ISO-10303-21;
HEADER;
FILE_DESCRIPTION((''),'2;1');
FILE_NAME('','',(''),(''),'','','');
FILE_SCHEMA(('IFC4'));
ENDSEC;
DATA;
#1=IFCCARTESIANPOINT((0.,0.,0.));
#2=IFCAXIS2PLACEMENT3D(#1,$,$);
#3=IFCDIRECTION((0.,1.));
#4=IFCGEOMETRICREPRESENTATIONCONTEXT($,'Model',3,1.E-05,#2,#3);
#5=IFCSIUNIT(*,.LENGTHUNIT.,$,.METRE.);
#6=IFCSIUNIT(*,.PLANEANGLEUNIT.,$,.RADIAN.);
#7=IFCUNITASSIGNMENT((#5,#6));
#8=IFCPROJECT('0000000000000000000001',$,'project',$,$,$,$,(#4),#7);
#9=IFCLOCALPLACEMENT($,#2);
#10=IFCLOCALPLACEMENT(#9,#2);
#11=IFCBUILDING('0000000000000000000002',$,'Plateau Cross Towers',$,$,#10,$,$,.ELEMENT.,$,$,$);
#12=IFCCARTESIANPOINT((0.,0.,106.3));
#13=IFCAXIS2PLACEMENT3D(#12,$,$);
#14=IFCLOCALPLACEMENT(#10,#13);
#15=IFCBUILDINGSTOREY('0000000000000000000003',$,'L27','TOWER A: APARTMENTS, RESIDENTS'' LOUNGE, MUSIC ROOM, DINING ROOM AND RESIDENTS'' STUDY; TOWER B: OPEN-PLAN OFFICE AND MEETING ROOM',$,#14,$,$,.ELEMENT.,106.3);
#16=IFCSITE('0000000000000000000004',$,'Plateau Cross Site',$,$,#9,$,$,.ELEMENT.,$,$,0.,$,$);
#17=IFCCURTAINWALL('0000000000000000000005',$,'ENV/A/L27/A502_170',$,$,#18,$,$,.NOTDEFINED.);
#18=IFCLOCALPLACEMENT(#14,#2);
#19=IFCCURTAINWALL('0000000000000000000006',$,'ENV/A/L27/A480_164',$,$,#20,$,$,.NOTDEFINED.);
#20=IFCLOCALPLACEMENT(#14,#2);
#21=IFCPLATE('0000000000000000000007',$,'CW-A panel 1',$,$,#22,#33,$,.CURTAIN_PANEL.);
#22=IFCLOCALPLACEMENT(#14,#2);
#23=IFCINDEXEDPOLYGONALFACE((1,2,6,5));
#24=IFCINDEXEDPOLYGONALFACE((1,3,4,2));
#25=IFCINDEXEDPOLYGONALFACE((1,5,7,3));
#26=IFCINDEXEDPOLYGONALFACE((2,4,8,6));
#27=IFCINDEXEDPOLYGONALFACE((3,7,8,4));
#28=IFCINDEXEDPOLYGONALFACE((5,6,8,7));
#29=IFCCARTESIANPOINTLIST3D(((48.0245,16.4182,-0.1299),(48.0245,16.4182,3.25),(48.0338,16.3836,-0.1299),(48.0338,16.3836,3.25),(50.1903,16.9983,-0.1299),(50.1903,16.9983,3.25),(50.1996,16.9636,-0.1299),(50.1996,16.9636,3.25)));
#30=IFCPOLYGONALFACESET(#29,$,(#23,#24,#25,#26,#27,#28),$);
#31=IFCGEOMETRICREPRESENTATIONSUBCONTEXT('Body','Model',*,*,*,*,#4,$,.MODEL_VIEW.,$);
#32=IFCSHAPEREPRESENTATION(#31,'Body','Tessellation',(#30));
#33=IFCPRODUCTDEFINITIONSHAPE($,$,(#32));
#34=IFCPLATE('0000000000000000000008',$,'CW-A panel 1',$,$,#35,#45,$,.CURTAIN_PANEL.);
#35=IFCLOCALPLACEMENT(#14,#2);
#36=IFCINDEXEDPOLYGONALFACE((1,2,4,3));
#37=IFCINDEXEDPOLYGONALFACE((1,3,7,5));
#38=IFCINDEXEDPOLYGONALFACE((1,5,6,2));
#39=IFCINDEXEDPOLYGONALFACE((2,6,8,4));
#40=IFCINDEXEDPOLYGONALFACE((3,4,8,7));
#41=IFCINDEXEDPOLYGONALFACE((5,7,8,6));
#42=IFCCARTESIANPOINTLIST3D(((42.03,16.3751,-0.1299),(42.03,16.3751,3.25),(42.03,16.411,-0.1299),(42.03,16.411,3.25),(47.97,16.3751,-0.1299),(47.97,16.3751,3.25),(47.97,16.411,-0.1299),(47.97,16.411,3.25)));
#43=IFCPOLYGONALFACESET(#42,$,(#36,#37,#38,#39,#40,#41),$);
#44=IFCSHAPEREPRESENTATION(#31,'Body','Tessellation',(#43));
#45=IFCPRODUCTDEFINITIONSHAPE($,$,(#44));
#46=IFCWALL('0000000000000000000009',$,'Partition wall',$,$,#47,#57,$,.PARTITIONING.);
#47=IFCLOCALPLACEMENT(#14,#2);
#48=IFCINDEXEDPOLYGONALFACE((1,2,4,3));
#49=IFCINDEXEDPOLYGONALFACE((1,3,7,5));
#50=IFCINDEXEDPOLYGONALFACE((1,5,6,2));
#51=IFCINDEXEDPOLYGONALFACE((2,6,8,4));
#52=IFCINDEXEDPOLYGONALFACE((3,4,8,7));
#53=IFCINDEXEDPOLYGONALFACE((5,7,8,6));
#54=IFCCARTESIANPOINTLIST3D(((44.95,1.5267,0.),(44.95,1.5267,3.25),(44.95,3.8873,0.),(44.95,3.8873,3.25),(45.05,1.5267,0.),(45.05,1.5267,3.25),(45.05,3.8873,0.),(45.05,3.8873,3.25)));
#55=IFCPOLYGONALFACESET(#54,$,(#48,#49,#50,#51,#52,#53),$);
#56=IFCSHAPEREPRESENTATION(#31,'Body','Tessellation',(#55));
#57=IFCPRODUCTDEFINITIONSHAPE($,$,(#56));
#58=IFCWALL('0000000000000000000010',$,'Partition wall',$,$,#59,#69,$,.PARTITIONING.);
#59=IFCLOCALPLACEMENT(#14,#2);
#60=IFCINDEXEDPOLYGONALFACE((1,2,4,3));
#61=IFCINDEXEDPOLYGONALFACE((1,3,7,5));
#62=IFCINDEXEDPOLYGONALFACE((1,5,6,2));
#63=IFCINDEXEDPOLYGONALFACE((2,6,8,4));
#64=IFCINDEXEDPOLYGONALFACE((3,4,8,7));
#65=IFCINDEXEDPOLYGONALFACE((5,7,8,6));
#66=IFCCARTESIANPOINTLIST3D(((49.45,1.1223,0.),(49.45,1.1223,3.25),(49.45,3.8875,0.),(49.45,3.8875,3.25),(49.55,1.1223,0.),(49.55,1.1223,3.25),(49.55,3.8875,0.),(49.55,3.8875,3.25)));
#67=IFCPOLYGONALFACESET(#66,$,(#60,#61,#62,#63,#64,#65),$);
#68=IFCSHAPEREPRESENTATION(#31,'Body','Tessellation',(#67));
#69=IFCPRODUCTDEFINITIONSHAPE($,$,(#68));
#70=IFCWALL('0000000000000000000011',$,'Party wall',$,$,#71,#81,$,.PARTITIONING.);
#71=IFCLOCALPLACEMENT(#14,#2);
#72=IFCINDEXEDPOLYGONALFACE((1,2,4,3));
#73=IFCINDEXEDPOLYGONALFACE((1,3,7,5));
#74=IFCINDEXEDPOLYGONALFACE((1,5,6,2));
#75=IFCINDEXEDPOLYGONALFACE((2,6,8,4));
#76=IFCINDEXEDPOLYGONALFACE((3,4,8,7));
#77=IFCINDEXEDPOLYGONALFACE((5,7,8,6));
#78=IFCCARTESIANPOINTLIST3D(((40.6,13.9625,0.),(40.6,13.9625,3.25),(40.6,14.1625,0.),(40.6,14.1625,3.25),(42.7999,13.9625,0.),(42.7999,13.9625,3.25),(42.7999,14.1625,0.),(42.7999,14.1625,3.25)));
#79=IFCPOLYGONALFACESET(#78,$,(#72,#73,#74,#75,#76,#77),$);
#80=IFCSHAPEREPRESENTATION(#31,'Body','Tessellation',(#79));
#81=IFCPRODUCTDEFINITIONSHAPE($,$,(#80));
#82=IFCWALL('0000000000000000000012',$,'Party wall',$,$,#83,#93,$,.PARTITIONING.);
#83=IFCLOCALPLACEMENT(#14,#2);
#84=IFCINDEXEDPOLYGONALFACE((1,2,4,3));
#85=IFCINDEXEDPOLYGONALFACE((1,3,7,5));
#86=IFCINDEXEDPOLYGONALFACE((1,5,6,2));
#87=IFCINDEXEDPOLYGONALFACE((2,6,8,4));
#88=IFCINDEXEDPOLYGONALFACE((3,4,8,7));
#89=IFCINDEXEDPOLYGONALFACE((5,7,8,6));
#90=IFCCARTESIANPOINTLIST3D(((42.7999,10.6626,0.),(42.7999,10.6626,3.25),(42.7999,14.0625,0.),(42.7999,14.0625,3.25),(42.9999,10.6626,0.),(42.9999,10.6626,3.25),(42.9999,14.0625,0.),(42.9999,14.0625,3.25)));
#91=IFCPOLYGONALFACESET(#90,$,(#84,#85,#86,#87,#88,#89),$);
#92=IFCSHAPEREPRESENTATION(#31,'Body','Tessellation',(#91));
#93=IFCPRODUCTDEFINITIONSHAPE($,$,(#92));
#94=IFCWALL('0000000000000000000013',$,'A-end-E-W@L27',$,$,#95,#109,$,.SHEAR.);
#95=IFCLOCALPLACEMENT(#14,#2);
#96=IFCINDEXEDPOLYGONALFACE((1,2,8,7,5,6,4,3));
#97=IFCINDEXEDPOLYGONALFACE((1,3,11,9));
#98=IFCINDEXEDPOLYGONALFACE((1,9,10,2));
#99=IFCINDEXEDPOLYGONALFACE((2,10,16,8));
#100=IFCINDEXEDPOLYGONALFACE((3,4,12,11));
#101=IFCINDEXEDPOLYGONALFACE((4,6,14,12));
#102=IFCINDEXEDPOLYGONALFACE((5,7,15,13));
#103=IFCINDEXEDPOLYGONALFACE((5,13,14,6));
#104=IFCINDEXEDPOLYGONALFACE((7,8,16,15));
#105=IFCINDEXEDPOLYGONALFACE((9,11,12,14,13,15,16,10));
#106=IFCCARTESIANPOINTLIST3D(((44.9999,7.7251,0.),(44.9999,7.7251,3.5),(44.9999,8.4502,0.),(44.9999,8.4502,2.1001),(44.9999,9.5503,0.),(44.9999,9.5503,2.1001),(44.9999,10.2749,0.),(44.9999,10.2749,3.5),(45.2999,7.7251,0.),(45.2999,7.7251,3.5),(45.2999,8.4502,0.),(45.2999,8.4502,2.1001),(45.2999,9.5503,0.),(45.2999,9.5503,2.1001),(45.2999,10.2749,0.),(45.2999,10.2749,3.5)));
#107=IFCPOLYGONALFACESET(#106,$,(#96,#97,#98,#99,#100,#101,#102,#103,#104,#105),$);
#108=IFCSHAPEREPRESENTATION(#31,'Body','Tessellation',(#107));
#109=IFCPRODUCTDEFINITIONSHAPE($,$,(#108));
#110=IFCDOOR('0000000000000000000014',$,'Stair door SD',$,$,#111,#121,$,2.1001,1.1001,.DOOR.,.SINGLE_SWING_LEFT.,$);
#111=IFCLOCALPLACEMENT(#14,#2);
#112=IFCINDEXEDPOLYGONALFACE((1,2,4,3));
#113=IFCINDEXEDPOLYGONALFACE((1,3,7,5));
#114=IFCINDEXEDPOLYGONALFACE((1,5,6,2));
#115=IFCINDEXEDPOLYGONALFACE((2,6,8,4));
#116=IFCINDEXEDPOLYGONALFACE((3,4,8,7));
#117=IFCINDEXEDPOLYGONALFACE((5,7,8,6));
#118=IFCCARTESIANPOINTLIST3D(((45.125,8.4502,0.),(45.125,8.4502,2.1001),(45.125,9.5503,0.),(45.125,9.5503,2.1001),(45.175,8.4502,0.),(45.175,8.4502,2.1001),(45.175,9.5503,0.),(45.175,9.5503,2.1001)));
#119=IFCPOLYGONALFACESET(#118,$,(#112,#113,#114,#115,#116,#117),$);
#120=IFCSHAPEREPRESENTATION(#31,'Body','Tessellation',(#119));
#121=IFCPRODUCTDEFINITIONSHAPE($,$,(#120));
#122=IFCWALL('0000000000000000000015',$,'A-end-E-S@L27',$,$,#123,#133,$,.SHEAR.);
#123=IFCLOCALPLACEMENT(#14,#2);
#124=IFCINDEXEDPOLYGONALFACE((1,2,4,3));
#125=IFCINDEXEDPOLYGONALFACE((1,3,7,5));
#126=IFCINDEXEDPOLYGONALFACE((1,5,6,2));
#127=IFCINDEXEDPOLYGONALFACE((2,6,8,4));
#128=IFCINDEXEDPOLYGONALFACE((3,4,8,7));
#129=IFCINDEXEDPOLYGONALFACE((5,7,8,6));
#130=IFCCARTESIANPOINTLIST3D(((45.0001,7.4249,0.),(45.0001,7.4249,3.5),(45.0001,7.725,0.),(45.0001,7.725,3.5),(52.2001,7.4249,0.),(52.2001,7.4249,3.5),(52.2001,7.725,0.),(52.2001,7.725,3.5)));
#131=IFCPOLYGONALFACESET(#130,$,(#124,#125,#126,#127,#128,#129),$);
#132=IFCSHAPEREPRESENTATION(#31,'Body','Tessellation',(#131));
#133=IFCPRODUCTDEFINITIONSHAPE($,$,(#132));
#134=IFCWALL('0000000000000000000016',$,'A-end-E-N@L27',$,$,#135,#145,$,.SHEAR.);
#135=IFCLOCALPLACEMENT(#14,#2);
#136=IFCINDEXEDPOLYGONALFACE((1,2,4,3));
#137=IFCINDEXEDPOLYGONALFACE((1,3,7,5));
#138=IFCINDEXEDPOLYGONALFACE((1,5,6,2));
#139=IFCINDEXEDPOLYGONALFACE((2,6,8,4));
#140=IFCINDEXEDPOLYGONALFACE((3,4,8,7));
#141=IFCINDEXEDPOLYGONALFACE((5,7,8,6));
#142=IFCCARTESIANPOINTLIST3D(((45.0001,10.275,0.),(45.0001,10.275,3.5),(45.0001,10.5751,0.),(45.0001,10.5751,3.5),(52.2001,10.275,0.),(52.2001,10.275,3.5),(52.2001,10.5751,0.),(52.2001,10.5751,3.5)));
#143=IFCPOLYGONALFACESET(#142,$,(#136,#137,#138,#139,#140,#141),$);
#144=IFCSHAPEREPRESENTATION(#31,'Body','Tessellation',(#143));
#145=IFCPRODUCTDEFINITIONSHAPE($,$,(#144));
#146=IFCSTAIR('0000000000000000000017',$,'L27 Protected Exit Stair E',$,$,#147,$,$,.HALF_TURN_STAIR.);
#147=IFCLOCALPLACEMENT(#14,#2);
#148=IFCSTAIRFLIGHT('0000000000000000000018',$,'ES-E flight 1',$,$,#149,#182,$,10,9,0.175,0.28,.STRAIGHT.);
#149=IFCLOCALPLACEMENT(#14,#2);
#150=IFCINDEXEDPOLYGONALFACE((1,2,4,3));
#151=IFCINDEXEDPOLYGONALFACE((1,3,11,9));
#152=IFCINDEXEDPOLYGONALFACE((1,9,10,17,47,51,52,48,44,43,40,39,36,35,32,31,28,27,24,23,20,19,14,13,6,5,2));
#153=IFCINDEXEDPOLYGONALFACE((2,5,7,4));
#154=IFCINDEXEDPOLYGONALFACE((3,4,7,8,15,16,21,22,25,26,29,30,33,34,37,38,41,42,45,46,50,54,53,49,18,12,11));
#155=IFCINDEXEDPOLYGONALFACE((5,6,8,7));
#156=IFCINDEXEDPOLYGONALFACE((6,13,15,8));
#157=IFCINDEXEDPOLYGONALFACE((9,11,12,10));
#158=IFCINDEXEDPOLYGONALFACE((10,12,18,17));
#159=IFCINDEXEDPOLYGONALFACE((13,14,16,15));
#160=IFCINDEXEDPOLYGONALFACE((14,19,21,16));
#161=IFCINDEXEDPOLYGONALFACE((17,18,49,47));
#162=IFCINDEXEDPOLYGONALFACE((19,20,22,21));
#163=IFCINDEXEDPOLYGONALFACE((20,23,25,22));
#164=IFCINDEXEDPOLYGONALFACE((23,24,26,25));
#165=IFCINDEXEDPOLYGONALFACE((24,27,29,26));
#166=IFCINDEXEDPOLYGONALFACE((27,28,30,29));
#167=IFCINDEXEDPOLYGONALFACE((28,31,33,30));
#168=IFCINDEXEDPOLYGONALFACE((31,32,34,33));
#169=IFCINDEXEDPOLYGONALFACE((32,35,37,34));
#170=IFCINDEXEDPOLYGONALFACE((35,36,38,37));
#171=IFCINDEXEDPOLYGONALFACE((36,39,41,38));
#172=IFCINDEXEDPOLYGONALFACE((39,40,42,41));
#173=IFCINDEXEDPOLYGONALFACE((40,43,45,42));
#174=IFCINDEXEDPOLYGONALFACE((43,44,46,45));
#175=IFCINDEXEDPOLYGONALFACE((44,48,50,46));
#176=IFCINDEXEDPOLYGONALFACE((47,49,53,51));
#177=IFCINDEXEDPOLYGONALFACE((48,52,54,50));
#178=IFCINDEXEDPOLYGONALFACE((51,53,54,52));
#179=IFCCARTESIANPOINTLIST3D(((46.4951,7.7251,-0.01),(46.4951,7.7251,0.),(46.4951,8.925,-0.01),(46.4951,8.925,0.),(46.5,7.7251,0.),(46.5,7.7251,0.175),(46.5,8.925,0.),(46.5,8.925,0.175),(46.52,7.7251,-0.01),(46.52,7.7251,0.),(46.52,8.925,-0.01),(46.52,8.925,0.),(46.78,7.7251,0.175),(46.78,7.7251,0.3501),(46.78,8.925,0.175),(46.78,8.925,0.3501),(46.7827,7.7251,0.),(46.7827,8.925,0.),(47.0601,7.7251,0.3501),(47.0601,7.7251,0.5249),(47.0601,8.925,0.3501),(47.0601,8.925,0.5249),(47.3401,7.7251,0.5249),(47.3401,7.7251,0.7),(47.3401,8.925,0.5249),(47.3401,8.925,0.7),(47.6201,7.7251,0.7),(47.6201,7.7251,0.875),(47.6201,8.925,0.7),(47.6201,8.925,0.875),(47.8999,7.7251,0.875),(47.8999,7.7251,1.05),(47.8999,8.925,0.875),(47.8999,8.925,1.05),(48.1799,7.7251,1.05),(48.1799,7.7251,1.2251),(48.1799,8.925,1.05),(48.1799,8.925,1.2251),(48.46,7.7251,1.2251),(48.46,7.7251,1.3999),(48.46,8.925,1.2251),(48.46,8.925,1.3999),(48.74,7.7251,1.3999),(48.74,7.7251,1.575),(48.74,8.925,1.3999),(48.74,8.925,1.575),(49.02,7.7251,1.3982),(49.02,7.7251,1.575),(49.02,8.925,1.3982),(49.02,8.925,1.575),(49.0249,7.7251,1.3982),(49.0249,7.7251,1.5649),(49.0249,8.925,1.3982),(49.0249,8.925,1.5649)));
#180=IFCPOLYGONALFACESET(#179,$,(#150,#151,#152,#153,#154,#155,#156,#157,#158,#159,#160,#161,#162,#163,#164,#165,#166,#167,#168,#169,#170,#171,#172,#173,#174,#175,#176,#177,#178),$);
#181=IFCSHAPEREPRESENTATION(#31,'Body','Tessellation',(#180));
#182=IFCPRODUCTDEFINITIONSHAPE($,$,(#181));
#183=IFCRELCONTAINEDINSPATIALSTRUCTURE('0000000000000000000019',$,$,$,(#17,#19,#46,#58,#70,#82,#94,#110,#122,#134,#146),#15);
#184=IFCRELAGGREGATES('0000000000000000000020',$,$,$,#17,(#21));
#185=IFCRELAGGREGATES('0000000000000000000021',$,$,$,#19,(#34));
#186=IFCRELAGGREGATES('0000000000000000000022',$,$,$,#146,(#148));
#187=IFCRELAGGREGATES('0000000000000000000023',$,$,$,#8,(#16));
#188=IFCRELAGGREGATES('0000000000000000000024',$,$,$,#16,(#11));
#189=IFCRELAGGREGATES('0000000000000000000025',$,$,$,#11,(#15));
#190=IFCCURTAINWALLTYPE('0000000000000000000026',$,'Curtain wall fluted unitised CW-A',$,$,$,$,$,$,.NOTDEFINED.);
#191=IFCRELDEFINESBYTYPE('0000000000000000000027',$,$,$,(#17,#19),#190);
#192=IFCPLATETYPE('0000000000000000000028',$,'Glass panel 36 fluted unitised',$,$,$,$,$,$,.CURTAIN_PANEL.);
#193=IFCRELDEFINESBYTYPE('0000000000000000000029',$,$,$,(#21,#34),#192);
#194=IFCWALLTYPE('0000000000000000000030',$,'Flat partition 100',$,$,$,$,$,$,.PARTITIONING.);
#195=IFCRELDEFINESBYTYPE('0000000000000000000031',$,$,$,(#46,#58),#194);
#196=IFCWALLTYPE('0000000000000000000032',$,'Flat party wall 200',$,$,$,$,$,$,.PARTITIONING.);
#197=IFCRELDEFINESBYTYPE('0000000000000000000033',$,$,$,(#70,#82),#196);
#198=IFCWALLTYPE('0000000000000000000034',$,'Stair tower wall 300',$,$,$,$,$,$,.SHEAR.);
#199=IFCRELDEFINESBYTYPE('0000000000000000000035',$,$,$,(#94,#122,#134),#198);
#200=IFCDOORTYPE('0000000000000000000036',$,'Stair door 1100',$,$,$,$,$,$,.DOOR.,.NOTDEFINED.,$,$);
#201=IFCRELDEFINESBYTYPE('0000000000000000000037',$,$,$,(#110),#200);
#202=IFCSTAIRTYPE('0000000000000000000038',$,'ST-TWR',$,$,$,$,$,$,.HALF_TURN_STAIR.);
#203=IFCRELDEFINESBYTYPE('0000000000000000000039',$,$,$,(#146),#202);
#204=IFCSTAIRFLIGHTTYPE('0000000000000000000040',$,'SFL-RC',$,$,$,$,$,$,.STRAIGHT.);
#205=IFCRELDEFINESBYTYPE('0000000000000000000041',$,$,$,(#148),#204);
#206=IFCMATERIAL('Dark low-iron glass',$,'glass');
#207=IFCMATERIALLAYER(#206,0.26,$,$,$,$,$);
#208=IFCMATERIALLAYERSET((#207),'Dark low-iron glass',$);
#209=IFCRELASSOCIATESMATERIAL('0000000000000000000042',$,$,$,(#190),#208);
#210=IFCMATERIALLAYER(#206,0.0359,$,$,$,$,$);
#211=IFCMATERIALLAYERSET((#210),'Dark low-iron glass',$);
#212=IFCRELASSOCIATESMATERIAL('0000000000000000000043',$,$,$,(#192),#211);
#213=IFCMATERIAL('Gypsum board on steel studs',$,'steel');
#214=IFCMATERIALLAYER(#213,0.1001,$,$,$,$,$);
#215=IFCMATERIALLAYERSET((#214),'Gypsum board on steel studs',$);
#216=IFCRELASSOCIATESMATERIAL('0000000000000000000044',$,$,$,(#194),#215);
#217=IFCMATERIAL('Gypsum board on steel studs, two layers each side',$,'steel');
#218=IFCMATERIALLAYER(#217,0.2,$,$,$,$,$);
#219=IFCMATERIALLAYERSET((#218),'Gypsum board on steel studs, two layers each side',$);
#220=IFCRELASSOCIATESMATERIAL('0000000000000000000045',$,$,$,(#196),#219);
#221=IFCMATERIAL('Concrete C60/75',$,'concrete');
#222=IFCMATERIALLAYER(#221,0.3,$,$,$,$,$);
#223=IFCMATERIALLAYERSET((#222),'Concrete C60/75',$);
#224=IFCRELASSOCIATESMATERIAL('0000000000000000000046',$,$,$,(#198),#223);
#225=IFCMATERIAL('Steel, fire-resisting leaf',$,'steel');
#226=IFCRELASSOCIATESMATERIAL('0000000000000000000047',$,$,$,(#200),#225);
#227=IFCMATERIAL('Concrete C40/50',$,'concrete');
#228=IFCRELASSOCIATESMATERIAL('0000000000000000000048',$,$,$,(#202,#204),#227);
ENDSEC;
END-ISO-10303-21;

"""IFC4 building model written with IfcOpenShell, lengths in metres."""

from ifc_helpers import new_model, si_unit, direction, frame, frame_2d, origin, origin_2d, place, context, subcontext, project, spatial, polyline, rectangle, outline, extrude, material, layer, layer_set, type_object, element, fill, aggregate, save


model = new_model("IFC4")

# Units and contexts
model_context = context("Model", 3, precision=1e-05, world=origin(), true_north=direction((0.0, 1.0)))
body_context = subcontext(model_context, "Body", "Model", "MODEL_VIEW")
ifc_project = project(units=[si_unit("LENGTHUNIT", "METRE"), si_unit("PLANEANGLEUNIT", "RADIAN")], contexts=[model_context])

# Site, building, storey
site_placement = place(None, origin())
site = spatial("IfcSite", under=ifc_project, at=site_placement, Name="Plateau Cross Site", CompositionType="ELEMENT", RefElevation=0.0)
building_placement = place(site_placement, origin())
building = spatial("IfcBuilding", under=site, at=building_placement, Name="Plateau Cross Towers", CompositionType="ELEMENT")
storey_placement = place(building_placement, frame((0.0, 0.0, 106.3)))
storey = spatial("IfcBuildingStorey", under=building, at=storey_placement, Name="L27", Description="TOWER A: APARTMENTS, RESIDENTS' LOUNGE, MUSIC ROOM, DINING ROOM AND RESIDENTS' STUDY; TOWER B: OPEN-PLAN OFFICE AND MEETING ROOM", CompositionType="ELEMENT", Elevation=106.3)

# Curtain walls
ifc_material_1 = material(Name="Dark low-iron glass", Category="glass")
ifc_layer_1 = layer(ifc_material_1, 0.26)
ifc_layer_set_1 = layer_set([ifc_layer_1], Name="Dark low-iron glass")
curtain_wall_type_1 = type_object("IfcCurtainWallType", Name="Curtain wall fluted unitised CW-A", PredefinedType="NOTDEFINED", material=ifc_layer_set_1)
curtain_wall_1_placement = place(storey_placement, origin())
curtain_wall_1 = element("IfcCurtainWall", 1, at=curtain_wall_1_placement, inside=storey, type_object=curtain_wall_type_1, Name="ENV/A/L27/A502_170", PredefinedType="NOTDEFINED")
curtain_wall_2_placement = place(storey_placement, origin())
curtain_wall_2 = element("IfcCurtainWall", 2, at=curtain_wall_2_placement, inside=storey, type_object=curtain_wall_type_1, Name="ENV/A/L27/A480_164", PredefinedType="NOTDEFINED")

# Plates
ifc_layer_2 = layer(ifc_material_1, 0.0359)
ifc_layer_set_2 = layer_set([ifc_layer_2], Name="Dark low-iron glass")
plate_type = type_object("IfcPlateType", Name="Glass panel 36 fluted unitised", PredefinedType="CURTAIN_PANEL", material=ifc_layer_set_2)
plate_1_placement = place(storey_placement, frame((49.1121, 16.6909, -0.1299), z_axis=(0.0, 0.0, 1.0), x_axis=(-0.965958, -0.258699, 0.0)))
plate_1 = element("IfcPlate", 3, at=plate_1_placement, type_object=plate_type, Name="CW-A panel 1", PredefinedType="CURTAIN_PANEL", context=body_context, shape_type="SweptSolid", body=[
    extrude(rectangle(XDim=2.2422, YDim=0.0359, at=origin_2d()), origin(), (0.0, 0.0, 1.0), 3.3799),
])
aggregate(curtain_wall_1, [plate_1])
plate_2_placement = place(storey_placement, frame((45.0, 16.3931, -0.1299), z_axis=(0.0, 0.0, 1.0), x_axis=(-1.0, 0.0, 0.0)))
plate_2 = element("IfcPlate", 4, at=plate_2_placement, type_object=plate_type, Name="CW-A panel 1", PredefinedType="CURTAIN_PANEL", context=body_context, shape_type="SweptSolid", body=[
    extrude(rectangle(XDim=5.9399, YDim=0.0359, at=origin_2d()), origin(), (0.0, 0.0, 1.0), 3.3799),
])
aggregate(curtain_wall_2, [plate_2])

# Walls
ifc_material_2 = material(Name="Gypsum board on steel studs", Category="steel")
ifc_layer_3 = layer(ifc_material_2, 0.1001)
ifc_layer_set_3 = layer_set([ifc_layer_3], Name="Gypsum board on steel studs")
wall_type_1 = type_object("IfcWallType", Name="Flat partition 100", PredefinedType="PARTITIONING", material=ifc_layer_set_3)
wall_1_placement = place(storey_placement, frame((45.0, 1.5269, 0.0), z_axis=(0.0, 0.0, 1.0), x_axis=(0.0, 1.0, 0.0)))
element("IfcWall", 5, at=wall_1_placement, inside=storey, type_object=wall_type_1, Name="Partition wall", PredefinedType="PARTITIONING", context=body_context, shape_type="SweptSolid", body=[
    extrude(rectangle(XDim=2.3606, YDim=0.1001, at=frame_2d((1.1802, 0.0))), origin(), (0.0, 0.0, 1.0), 3.25),
])
wall_2_placement = place(storey_placement, frame((49.5, 1.1223, 0.0), z_axis=(0.0, 0.0, 1.0), x_axis=(0.0, 1.0, 0.0)))
element("IfcWall", 6, at=wall_2_placement, inside=storey, type_object=wall_type_1, Name="Partition wall", PredefinedType="PARTITIONING", context=body_context, shape_type="SweptSolid", body=[
    extrude(rectangle(XDim=2.7651, YDim=0.1001, at=frame_2d((1.3826, 0.0))), origin(), (0.0, 0.0, 1.0), 3.25),
])
ifc_material_3 = material(Name="Gypsum board on steel studs, two layers each side", Category="steel")
ifc_layer_4 = layer(ifc_material_3, 0.2)
ifc_layer_set_4 = layer_set([ifc_layer_4], Name="Gypsum board on steel studs, two layers each side")
wall_type_2 = type_object("IfcWallType", Name="Flat party wall 200", PredefinedType="PARTITIONING", material=ifc_layer_set_4)
wall_3_placement = place(storey_placement, frame((42.8, 14.0625, 0.0), z_axis=(0.0, 0.0, 1.0), x_axis=(-1.0, 0.0, 0.0)))
element("IfcWall", 7, at=wall_3_placement, inside=storey, type_object=wall_type_2, Name="Party wall", PredefinedType="PARTITIONING", context=body_context, shape_type="SweptSolid", body=[
    extrude(rectangle(XDim=2.2, YDim=0.2, at=frame_2d((1.1001, 0.0))), origin(), (0.0, 0.0, 1.0), 3.25),
])
wall_4_placement = place(storey_placement, frame((42.8999, 10.6626, 0.0), z_axis=(0.0, 0.0, 1.0), x_axis=(0.0, 1.0, 0.0)))
element("IfcWall", 8, at=wall_4_placement, inside=storey, type_object=wall_type_2, Name="Party wall", PredefinedType="PARTITIONING", context=body_context, shape_type="SweptSolid", body=[
    extrude(rectangle(XDim=3.3999, YDim=0.2, at=frame_2d((1.7, 0.0))), origin(), (0.0, 0.0, 1.0), 3.25),
])

# Wall, opening, door
ifc_material_4 = material(Name="Concrete C60/75", Category="concrete")
ifc_layer_5 = layer(ifc_material_4, 0.3)
ifc_layer_set_5 = layer_set([ifc_layer_5], Name="Concrete C60/75")
wall_type_3 = type_object("IfcWallType", Name="Stair tower wall 300", PredefinedType="SHEAR", material=ifc_layer_set_5)
wall_5_placement = place(storey_placement, frame((45.1499, 7.7251, 0.0), z_axis=(0.0, 0.0, 1.0), x_axis=(0.0, 1.0, 0.0)))
wall_5 = element("IfcWall", 9, at=wall_5_placement, inside=storey, type_object=wall_type_3, Name="A-end-E-W@L27", PredefinedType="SHEAR", context=body_context, shape_type="SweptSolid", body=[
    extrude(rectangle(XDim=2.5498, YDim=0.3, at=frame_2d((1.2749, 0.0))), origin(), (0.0, 0.0, 1.0), 3.5),
])
opening_placement = place(wall_5_placement, frame((0.7251, 0.0, 0.0)))
opening = element("IfcOpeningElement", 10, at=opening_placement, cuts=wall_5, PredefinedType="OPENING", context=body_context, shape_type="SweptSolid", body=[
    extrude(rectangle(XDim=1.1001, YDim=2.1001, at=frame_2d((0.55, 1.05))), frame((0.0, 0.1599, 0.0), z_axis=(0.0, -1.0, 0.0), x_axis=(1.0, 0.0, 0.0)), (0.0, 0.0, 1.0), 0.3201),
])
ifc_material_5 = material(Name="Steel, fire-resisting leaf", Category="steel")
door_type = type_object("IfcDoorType", Name="Stair door 1100", OperationType="NOTDEFINED", PredefinedType="DOOR", material=ifc_material_5)
door_placement = place(opening_placement, origin())
door = element("IfcDoor", 11, at=door_placement, inside=storey, type_object=door_type, Name="Stair door SD", OperationType="SINGLE_SWING_LEFT", OverallHeight=2.1001, OverallWidth=1.1001, PredefinedType="DOOR", context=body_context, shape_type="SweptSolid", body=[
    extrude(rectangle(XDim=1.1001, YDim=2.1001, at=frame_2d((0.55, 1.05))), frame((0.0, 0.0249, 0.0), z_axis=(0.0, -1.0, 0.0), x_axis=(1.0, 0.0, 0.0)), (0.0, 0.0, 1.0), 0.05),
])
fill(opening, door)

# Walls
for number, where, z_axis, x_axis, name in (
    (12, (45.0, 7.575, 0.0), (0.0, 0.0, 1.0), (1.0, 0.0, 0.0), "A-end-E-S@L27"),
    (13, (45.0, 10.425, 0.0), (0.0, 0.0, 1.0), (1.0, 0.0, 0.0), "A-end-E-N@L27"),
):
    element("IfcWall", number, at=place(storey_placement, frame(where, z_axis=z_axis, x_axis=x_axis)), inside=storey, type_object=wall_type_3, Name=name, PredefinedType="SHEAR", context=body_context, shape_type="SweptSolid", body=[
        extrude(rectangle(XDim=7.2, YDim=0.3, at=frame_2d((3.6001, 0.0))), origin(), (0.0, 0.0, 1.0), 3.5),
    ])

# Stair, stair flight
ifc_material_6 = material(Name="Concrete C40/50", Category="concrete")
stair_type = type_object("IfcStairType", Name="ST-TWR", PredefinedType="HALF_TURN_STAIR", material=ifc_material_6)
stair_placement = place(storey_placement, origin())
stair = element("IfcStair", 14, at=stair_placement, inside=storey, type_object=stair_type, Name="L27 Protected Exit Stair E", PredefinedType="HALF_TURN_STAIR")
stair_flight_type = type_object("IfcStairFlightType", Name="SFL-RC", PredefinedType="STRAIGHT", material=ifc_material_6)
stair_flight_1_placement = place(storey_placement, frame((46.5, 8.325, 0.0), z_axis=(0.0, 0.0, 1.0), x_axis=(1.0, 0.0, 0.0)))
stair_flight_1 = element("IfcStairFlight", 15, at=stair_flight_1_placement, type_object=stair_flight_type, Name="ES-E flight 1", NumberOfRisers=10, NumberOfTreads=9, PredefinedType="STRAIGHT", RiserHeight=0.175, TreadLength=0.28, context=body_context, shape_type="SweptSolid", body=[
    extrude(outline(polyline([(-0.0049, -0.01), (-0.0049, 0.0), (0.0, 0.0), (0.0, 0.175), (0.28, 0.175), (0.28, 0.3501), (0.5601, 0.3501), (0.5601, 0.5249), (0.8401, 0.5249), (0.8401, 0.7), (1.1201, 0.7), (1.1201, 0.875), (1.3999, 0.875), (1.3999, 1.05), (1.6799, 1.05), (1.6799, 1.2251), (1.96, 1.2251), (1.96, 1.3999), (2.24, 1.3999), (2.24, 1.575), (2.52, 1.575), (2.5249, 1.5649), (2.5249, 1.3982), (2.52, 1.3982), (0.2827, 0.0), (0.02, 0.0), (0.02, -0.01), (-0.0049, -0.01)])), frame((0.0, 0.6001, 0.0), z_axis=(0.0, -1.0, 0.0), x_axis=(1.0, 0.0, 0.0)), (0.0, 0.0, 1.0), 1.2),
])
aggregate(stair, [stair_flight_1])

save(model, "model.ifc")
